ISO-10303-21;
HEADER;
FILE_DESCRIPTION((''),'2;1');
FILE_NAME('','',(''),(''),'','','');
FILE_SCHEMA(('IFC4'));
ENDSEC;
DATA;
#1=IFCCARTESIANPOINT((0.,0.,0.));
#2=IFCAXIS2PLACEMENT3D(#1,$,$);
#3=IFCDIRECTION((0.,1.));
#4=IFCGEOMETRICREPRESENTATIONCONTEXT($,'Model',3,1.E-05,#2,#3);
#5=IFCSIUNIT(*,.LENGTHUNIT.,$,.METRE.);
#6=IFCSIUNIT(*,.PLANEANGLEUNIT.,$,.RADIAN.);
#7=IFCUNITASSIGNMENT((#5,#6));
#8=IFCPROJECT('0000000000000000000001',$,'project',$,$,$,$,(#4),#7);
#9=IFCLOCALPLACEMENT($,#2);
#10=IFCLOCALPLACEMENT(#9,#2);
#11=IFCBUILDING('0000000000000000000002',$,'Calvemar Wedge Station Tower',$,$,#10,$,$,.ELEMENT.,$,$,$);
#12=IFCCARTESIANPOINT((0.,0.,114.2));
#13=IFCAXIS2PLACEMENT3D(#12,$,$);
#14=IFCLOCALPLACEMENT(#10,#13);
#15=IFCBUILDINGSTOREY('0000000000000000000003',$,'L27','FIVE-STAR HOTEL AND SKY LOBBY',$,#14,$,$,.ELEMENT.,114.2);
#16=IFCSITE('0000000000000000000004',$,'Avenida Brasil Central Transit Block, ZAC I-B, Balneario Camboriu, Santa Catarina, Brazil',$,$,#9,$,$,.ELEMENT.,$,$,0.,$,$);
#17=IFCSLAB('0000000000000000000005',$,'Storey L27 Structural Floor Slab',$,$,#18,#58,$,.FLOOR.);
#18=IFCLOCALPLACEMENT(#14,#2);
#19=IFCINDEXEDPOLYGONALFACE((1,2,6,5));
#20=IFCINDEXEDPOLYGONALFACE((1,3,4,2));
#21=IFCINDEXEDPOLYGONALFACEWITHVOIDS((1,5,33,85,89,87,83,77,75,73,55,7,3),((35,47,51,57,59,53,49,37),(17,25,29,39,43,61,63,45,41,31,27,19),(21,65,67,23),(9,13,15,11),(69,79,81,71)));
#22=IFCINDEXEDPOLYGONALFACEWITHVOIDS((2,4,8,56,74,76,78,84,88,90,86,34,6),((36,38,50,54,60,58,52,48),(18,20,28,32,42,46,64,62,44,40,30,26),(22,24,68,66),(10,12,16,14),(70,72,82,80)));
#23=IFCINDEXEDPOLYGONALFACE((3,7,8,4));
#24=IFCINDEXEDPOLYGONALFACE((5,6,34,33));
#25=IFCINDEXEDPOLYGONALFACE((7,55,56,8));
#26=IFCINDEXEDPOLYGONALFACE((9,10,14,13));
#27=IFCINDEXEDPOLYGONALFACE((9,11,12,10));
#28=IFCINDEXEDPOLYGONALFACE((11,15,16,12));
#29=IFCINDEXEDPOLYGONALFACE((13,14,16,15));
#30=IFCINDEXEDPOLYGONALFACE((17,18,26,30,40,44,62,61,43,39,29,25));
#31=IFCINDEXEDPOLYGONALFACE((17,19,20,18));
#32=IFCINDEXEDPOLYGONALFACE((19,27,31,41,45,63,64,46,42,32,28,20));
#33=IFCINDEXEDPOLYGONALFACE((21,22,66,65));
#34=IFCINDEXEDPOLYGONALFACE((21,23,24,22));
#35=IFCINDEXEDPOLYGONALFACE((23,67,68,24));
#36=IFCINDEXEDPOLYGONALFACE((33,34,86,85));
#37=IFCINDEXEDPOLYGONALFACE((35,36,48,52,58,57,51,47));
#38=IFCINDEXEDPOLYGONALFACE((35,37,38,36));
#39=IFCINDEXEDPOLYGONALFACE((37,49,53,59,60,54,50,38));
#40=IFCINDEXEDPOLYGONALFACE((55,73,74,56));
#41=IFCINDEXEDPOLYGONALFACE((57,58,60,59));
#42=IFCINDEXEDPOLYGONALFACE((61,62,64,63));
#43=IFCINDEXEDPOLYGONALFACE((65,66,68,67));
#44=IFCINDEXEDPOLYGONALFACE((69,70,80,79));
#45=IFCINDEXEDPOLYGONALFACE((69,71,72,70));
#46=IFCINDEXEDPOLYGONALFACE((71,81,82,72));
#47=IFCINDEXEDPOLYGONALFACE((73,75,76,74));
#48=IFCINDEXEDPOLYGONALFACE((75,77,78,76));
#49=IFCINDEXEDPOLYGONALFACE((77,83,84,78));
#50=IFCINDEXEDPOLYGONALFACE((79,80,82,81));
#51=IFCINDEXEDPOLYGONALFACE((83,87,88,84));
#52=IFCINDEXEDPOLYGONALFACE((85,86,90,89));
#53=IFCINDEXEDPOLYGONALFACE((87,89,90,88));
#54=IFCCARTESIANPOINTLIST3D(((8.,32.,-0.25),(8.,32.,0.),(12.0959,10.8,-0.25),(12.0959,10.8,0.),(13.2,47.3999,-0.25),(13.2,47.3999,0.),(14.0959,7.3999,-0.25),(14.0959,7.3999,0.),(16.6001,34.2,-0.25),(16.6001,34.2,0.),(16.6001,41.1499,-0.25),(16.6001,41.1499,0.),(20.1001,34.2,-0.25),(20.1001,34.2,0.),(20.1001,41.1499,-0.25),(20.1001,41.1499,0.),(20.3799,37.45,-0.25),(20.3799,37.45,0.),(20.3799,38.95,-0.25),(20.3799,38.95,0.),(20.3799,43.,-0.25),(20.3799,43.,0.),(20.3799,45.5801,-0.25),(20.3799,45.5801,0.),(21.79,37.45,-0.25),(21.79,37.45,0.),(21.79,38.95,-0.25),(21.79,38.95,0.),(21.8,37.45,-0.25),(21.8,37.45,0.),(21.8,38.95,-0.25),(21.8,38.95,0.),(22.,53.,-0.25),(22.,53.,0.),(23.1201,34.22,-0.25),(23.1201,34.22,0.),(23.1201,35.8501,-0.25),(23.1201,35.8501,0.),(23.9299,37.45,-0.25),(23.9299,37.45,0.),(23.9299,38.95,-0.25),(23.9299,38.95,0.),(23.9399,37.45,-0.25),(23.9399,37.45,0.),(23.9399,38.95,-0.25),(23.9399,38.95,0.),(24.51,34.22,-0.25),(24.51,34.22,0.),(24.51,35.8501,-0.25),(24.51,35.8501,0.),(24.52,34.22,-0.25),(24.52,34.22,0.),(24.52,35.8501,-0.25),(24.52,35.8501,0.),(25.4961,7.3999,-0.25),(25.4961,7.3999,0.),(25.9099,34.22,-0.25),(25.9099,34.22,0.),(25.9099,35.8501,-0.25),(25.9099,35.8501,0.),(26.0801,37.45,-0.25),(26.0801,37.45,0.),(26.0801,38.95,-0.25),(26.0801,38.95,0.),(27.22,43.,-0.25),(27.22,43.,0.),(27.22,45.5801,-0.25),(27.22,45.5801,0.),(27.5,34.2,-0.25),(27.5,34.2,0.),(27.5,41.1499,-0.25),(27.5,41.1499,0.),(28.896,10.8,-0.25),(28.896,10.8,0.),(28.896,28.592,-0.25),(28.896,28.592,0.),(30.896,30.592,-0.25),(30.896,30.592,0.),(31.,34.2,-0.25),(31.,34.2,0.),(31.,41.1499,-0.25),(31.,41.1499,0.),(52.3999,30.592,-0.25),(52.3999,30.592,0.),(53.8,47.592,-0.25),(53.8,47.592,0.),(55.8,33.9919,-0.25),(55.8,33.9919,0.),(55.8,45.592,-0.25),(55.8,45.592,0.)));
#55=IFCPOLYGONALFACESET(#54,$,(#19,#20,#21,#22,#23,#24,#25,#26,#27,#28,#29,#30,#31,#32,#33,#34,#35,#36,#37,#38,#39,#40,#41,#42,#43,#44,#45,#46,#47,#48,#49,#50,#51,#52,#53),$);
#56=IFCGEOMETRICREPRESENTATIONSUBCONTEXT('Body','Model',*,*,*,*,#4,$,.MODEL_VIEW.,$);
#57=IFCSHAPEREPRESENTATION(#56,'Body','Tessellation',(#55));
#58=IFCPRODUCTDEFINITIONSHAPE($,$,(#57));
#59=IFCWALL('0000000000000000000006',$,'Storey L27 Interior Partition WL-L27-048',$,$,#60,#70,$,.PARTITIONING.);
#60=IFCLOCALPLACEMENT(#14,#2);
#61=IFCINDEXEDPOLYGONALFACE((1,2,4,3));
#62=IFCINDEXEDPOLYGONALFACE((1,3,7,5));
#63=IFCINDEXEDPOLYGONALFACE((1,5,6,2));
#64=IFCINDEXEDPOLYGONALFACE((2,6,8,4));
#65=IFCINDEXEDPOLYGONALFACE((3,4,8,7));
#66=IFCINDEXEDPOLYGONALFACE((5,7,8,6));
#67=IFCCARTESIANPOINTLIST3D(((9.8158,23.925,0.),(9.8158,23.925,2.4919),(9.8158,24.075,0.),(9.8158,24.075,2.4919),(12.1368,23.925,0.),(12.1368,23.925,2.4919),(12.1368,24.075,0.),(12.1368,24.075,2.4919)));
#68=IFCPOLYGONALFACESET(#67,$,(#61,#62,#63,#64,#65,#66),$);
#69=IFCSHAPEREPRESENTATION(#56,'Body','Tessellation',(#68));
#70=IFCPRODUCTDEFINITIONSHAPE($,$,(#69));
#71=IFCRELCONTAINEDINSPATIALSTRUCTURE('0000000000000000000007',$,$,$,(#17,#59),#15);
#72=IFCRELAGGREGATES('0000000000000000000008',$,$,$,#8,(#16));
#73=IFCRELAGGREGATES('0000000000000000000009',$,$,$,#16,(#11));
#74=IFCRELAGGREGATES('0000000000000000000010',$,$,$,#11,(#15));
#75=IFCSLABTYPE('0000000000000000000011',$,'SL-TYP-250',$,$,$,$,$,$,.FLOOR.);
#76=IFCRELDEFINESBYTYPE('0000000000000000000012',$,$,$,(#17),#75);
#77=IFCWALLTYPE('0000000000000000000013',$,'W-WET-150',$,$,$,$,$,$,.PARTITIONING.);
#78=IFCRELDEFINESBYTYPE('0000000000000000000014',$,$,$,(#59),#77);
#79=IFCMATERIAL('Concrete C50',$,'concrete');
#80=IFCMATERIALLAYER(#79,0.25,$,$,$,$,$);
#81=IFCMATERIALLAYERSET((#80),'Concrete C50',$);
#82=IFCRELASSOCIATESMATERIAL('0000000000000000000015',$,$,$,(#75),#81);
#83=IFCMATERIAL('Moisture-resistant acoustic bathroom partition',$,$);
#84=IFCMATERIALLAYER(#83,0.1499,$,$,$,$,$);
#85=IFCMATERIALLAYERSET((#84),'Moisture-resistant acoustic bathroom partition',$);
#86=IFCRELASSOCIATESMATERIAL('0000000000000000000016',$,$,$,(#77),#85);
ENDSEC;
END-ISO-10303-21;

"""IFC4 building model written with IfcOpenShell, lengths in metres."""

from ifc_helpers import new_model, si_unit, direction, frame, frame_2d, origin, place, context, subcontext, project, spatial, polyline, rectangle, outline, extrude, material, layer, layer_set, type_object, element, save


model = new_model("IFC4")

# Units and contexts
model_context = context("Model", 3, precision=1e-05, world=origin(), true_north=direction((0.0, 1.0)))
body_context = subcontext(model_context, "Body", "Model", "MODEL_VIEW")
ifc_project = project(units=[si_unit("LENGTHUNIT", "METRE"), si_unit("PLANEANGLEUNIT", "RADIAN")], contexts=[model_context])

# Site, building, storey
site_placement = place(None, origin())
site = spatial("IfcSite", under=ifc_project, at=site_placement, Name="Avenida Brasil Central Transit Block, ZAC I-B, Balneario Camboriu, Santa Catarina, Brazil", CompositionType="ELEMENT", RefElevation=0.0)
building_placement = place(site_placement, origin())
building = spatial("IfcBuilding", under=site, at=building_placement, Name="Calvemar Wedge Station Tower", CompositionType="ELEMENT")
storey_placement = place(building_placement, frame((0.0, 0.0, 114.2)))
storey = spatial("IfcBuildingStorey", under=building, at=storey_placement, Name="L27", Description="FIVE-STAR HOTEL AND SKY LOBBY", CompositionType="ELEMENT", Elevation=114.2)

# Shared definitions
ifc_material_1 = material(Name="Concrete C50", Category="concrete")

# Slab
ifc_layer_1 = layer(ifc_material_1, 0.25)
ifc_layer_set_1 = layer_set([ifc_layer_1], Name="Concrete C50")
slab_type_1 = type_object("IfcSlabType", Name="SL-TYP-250", PredefinedType="FLOOR", material=ifc_layer_set_1)
slab_1_placement = place(storey_placement, frame((0.0, 0.0, -0.25)))
element("IfcSlab", 1, at=slab_1_placement, inside=storey, type_object=slab_type_1, Name="Storey L27 Structural Floor Slab", PredefinedType="FLOOR", context=body_context, shape_type="SweptSolid", body=[
    extrude(outline(polyline([(8.0, 32.0), (12.0959, 10.8), (14.0959, 7.3999), (25.4961, 7.3999), (28.896, 10.8), (28.896, 28.592), (30.896, 30.592), (52.3999, 30.592), (55.8, 33.9919), (55.8, 45.592), (53.8, 47.592), (22.0, 53.0), (13.2, 47.3999), (8.0, 32.0)]), holes=[polyline([(24.52, 35.8501), (24.51, 35.8501), (23.1201, 35.8501), (23.1201, 34.22), (24.51, 34.22), (24.52, 34.22), (25.9099, 34.22), (25.9099, 35.8501), (24.52, 35.8501)]), polyline([(16.6001, 34.2), (20.1001, 34.2), (20.1001, 41.1499), (16.6001, 41.1499), (16.6001, 34.2)]), polyline([(27.5, 34.2), (31.0, 34.2), (31.0, 41.1499), (27.5, 41.1499), (27.5, 34.2)]), polyline([(21.8, 38.95), (21.79, 38.95), (20.3799, 38.95), (20.3799, 37.45), (21.79, 37.45), (21.8, 37.45), (23.9299, 37.45), (23.9399, 37.45), (26.0801, 37.45), (26.0801, 38.95), (23.9399, 38.95), (23.9299, 38.95), (21.8, 38.95)]), polyline([(27.22, 43.0), (27.22, 45.5801), (20.3799, 45.5801), (20.3799, 43.0), (27.22, 43.0)])]), origin(), (0.0, 0.0, 1.0), 0.25),
])

# Wall
ifc_material_2 = material(Name="Moisture-resistant acoustic bathroom partition")
ifc_layer_2 = layer(ifc_material_2, 0.1499)
ifc_layer_set_2 = layer_set([ifc_layer_2], Name="Moisture-resistant acoustic bathroom partition")
wall_type = type_object("IfcWallType", Name="W-WET-150", PredefinedType="PARTITIONING", material=ifc_layer_set_2)
wall_placement = place(storey_placement, frame((9.8157, 24.0, 0.0), z_axis=(0.0, 0.0, 1.0), x_axis=(1.0, 0.0, 0.0)))
element("IfcWall", 2, at=wall_placement, inside=storey, type_object=wall_type, Name="Storey L27 Interior Partition WL-L27-048", PredefinedType="PARTITIONING", context=body_context, shape_type="SweptSolid", body=[
    extrude(rectangle(XDim=2.321, YDim=0.1499, at=frame_2d((1.1606, 0.0))), origin(), (0.0, 0.0, 1.0), 2.4919),
])

save(model, "model.ifc")
